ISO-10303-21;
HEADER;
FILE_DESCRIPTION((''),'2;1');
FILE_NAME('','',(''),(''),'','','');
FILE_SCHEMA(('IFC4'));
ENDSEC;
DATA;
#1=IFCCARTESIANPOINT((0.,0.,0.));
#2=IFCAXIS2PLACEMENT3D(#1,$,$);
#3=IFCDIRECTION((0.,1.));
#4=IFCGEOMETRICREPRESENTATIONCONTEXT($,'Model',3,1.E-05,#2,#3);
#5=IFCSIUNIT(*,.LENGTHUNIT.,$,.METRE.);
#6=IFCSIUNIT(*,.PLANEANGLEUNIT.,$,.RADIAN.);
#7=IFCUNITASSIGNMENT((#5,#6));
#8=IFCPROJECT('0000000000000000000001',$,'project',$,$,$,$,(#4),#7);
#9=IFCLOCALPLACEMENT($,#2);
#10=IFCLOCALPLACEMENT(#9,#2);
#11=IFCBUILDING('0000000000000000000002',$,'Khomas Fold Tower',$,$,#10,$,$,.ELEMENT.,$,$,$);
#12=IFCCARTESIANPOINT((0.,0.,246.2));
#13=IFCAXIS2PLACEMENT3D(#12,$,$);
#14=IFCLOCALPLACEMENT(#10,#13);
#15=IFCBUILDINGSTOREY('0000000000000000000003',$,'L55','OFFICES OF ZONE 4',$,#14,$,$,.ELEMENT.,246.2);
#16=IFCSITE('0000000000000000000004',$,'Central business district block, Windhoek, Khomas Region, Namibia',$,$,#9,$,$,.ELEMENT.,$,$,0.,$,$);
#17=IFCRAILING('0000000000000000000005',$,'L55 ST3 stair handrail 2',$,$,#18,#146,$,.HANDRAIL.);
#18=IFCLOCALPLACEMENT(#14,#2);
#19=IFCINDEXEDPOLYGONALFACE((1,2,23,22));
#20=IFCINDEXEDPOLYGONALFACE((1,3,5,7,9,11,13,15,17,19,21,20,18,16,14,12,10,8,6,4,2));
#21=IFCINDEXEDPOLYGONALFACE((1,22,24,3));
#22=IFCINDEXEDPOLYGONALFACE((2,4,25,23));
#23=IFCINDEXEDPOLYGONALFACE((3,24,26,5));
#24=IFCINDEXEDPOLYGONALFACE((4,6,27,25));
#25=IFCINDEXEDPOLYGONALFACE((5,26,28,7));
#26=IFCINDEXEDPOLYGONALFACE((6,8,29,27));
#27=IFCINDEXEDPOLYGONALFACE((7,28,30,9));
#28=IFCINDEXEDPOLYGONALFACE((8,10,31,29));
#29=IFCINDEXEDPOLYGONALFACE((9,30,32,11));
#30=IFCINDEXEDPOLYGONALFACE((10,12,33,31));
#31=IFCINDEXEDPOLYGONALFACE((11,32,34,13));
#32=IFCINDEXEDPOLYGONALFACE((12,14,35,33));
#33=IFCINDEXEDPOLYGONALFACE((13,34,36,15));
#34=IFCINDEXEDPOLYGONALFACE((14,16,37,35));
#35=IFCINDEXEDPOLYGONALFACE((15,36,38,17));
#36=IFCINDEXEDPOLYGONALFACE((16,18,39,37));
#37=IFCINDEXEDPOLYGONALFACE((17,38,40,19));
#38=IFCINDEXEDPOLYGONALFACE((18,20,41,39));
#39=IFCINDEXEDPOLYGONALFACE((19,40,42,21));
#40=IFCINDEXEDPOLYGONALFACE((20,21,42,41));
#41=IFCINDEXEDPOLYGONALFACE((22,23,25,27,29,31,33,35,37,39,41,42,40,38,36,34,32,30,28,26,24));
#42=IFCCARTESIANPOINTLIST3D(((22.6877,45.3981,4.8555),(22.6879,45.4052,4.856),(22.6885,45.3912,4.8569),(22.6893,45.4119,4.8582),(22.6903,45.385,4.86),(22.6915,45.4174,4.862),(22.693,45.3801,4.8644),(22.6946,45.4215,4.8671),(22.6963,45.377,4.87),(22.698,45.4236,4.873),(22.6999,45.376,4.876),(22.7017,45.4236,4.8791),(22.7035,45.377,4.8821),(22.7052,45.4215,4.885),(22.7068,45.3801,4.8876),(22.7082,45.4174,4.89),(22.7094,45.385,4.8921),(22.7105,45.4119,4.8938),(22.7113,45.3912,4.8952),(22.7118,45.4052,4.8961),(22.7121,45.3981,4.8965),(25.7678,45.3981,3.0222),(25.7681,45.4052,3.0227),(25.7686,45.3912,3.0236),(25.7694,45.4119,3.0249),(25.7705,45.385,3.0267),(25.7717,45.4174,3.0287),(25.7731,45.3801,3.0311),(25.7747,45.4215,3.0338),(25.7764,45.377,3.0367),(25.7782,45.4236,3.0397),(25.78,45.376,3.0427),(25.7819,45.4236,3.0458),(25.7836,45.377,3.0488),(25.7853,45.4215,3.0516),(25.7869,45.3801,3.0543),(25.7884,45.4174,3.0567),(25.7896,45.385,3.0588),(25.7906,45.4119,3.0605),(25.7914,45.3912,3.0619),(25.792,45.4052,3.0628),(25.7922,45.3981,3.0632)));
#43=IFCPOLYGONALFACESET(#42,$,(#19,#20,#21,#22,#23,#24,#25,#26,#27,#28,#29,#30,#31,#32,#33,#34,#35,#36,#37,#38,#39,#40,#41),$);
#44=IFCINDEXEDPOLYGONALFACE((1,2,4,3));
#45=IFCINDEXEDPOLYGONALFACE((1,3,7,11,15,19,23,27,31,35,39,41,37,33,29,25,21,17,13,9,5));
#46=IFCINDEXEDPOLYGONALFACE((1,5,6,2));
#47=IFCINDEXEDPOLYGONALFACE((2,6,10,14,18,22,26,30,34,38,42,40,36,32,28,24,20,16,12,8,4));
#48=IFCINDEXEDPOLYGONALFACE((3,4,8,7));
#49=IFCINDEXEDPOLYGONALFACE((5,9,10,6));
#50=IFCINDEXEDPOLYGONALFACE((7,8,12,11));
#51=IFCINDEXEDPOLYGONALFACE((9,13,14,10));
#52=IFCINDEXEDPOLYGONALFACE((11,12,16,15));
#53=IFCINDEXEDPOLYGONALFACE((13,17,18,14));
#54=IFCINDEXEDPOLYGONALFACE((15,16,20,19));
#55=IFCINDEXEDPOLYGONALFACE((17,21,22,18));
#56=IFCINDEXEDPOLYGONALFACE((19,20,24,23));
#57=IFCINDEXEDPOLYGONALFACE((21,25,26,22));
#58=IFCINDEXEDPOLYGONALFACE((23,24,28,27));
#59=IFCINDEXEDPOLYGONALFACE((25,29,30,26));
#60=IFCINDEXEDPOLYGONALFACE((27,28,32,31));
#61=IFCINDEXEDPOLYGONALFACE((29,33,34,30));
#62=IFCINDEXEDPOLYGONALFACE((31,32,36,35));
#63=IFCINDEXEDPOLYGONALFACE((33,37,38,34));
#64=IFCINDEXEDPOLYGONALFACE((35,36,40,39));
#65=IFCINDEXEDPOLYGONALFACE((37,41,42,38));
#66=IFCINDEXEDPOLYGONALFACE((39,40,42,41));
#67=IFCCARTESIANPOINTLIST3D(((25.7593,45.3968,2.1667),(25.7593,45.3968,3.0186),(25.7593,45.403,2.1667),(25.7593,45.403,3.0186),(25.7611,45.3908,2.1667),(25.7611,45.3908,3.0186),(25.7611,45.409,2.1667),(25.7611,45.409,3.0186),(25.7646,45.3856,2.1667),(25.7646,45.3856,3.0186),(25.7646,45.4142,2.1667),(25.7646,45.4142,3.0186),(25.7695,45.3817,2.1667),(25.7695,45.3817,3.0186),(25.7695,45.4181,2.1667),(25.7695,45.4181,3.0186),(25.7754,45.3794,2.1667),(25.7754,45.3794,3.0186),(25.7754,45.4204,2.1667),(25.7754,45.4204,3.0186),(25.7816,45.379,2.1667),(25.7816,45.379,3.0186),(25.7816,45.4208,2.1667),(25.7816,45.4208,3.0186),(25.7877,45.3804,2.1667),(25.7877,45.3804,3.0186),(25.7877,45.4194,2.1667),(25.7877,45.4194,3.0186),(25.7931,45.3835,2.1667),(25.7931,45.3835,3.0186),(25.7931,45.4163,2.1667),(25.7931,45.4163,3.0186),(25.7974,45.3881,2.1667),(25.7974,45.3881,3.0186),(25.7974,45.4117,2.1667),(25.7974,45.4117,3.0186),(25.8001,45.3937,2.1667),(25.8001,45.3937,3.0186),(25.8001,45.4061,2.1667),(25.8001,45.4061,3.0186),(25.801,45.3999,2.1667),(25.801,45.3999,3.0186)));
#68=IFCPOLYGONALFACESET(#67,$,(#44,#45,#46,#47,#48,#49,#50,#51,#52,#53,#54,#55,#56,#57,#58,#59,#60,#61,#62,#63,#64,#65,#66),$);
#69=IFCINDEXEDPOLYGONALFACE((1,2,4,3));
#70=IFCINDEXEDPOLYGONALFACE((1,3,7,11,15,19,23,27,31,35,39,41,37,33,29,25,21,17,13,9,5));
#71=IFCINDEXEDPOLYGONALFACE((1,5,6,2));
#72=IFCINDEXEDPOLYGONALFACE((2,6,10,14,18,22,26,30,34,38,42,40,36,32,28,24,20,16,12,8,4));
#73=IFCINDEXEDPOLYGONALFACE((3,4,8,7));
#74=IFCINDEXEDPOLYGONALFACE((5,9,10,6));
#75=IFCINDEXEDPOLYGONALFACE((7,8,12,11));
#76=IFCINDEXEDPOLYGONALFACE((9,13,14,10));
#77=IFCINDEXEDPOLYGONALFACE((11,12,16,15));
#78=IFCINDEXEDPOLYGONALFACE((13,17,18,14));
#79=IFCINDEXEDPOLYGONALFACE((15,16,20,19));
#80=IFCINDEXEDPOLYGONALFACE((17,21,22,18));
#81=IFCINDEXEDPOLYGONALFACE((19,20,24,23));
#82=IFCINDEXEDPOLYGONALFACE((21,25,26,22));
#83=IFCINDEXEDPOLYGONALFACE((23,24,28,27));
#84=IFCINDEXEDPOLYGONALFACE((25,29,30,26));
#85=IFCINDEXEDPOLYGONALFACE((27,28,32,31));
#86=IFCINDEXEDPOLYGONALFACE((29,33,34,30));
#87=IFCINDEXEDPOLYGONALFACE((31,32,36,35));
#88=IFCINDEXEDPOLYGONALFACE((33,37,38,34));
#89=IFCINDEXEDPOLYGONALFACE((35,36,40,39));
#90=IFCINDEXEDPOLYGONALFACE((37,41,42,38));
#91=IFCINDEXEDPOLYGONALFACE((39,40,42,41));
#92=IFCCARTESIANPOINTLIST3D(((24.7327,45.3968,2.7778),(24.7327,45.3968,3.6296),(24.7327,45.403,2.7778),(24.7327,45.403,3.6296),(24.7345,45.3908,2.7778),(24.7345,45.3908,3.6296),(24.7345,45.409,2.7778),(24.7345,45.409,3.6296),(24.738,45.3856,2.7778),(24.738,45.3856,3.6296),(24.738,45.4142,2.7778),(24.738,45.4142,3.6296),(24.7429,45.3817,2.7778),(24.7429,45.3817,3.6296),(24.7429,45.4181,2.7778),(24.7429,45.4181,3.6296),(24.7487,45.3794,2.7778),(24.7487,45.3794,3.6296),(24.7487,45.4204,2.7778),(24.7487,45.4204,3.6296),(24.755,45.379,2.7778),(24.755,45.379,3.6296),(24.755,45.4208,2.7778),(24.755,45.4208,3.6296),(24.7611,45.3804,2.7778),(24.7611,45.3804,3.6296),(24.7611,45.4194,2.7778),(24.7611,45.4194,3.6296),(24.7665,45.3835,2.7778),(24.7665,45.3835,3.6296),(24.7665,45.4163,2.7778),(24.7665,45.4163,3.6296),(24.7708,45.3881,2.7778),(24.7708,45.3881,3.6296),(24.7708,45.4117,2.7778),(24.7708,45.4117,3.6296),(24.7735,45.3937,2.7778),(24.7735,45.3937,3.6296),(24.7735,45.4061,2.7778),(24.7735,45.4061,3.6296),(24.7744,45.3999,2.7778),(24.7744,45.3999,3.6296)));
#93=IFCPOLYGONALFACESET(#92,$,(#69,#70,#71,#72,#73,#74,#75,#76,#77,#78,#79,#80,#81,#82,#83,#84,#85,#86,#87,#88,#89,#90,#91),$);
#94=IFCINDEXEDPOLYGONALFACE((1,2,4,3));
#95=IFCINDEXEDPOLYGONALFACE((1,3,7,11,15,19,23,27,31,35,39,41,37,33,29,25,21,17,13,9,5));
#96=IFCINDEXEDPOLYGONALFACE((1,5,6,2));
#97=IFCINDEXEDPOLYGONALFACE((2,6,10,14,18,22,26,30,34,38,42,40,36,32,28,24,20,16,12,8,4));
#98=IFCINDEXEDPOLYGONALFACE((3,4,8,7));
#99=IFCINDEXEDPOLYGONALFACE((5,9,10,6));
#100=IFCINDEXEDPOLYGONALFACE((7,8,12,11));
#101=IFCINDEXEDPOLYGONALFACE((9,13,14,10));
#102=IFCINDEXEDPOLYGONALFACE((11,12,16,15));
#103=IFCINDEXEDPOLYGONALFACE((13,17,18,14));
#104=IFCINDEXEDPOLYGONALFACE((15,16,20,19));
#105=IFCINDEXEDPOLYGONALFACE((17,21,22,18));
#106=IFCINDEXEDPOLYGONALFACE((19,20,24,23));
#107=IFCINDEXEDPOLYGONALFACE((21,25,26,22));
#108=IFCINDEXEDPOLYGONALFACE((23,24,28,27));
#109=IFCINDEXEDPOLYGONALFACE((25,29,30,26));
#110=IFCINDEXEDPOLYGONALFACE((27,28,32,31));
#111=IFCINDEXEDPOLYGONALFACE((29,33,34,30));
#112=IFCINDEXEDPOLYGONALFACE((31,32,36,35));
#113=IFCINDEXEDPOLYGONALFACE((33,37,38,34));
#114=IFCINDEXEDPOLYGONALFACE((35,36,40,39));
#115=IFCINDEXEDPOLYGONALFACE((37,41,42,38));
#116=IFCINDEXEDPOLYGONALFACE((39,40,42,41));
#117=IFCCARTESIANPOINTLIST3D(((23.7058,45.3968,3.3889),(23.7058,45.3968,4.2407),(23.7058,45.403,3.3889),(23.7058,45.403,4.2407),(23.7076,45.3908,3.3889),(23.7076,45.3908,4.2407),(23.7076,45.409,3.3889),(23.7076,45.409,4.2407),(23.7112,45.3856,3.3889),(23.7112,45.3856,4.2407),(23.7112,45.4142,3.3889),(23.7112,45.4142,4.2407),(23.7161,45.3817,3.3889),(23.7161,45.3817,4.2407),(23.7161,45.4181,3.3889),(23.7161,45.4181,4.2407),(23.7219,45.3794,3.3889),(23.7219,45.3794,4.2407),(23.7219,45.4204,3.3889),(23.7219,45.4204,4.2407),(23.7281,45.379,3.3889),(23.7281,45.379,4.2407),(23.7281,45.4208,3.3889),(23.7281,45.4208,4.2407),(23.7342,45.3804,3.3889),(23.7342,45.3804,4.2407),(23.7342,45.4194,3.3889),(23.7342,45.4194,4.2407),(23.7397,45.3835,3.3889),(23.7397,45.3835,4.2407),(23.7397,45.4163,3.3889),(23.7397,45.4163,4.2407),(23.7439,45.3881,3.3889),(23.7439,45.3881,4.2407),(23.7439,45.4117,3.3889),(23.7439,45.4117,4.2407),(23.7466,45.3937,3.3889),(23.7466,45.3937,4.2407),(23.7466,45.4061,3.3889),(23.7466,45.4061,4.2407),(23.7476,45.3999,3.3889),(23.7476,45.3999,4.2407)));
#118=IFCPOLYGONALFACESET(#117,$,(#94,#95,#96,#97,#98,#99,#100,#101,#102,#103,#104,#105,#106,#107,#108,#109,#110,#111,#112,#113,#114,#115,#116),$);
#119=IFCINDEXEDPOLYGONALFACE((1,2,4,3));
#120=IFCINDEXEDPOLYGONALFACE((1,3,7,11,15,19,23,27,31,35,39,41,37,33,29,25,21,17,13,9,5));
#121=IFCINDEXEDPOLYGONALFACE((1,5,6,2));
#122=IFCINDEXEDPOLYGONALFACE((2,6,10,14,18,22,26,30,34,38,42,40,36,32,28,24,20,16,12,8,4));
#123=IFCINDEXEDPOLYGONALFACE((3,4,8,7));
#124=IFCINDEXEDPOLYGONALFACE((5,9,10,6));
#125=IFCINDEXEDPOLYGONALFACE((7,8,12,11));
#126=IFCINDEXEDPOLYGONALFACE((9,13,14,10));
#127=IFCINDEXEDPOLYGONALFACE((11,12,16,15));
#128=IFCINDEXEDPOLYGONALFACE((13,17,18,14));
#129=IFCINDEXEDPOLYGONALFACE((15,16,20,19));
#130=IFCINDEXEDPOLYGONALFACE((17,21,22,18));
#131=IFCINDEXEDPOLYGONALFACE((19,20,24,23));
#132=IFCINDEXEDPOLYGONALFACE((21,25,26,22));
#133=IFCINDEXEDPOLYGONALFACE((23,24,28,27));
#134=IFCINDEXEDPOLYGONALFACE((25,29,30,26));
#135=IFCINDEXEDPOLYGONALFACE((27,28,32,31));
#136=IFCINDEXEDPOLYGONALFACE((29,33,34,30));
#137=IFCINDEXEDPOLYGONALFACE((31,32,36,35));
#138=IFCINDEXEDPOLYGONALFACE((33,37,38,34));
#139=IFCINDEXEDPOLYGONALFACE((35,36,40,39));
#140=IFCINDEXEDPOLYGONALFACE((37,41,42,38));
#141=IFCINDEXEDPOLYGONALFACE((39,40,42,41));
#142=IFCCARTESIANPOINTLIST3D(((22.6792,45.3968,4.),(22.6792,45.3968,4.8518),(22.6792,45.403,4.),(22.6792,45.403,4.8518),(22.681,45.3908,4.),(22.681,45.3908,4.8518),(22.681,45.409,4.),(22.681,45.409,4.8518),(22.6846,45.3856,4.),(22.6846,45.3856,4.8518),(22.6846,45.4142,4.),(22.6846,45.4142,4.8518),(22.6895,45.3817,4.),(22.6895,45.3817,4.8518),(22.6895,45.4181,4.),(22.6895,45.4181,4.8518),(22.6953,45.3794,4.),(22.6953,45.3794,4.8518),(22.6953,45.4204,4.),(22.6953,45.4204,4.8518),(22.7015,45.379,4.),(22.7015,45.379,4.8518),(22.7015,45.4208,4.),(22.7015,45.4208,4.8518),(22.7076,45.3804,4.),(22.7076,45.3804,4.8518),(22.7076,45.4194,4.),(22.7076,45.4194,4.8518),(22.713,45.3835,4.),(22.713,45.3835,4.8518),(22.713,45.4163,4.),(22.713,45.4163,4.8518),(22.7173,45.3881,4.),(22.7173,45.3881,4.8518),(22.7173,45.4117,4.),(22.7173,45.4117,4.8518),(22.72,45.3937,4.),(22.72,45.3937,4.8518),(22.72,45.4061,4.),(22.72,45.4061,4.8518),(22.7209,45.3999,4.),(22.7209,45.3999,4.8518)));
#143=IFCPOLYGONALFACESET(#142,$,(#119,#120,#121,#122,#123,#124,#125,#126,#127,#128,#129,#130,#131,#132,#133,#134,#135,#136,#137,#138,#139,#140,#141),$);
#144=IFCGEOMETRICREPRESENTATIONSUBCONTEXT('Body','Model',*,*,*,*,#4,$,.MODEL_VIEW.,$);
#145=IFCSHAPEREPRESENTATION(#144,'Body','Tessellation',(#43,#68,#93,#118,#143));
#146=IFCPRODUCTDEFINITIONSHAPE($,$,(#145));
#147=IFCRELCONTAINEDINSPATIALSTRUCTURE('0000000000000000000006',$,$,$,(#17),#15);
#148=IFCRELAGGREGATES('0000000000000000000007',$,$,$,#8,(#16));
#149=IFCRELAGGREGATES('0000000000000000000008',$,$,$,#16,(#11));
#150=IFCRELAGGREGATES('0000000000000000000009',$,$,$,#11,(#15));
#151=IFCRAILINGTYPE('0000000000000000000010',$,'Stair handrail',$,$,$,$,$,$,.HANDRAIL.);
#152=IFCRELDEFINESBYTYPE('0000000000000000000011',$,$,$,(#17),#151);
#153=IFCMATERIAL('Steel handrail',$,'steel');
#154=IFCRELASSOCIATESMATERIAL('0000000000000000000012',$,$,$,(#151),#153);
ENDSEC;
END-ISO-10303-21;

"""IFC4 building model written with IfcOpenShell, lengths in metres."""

from ifc_helpers import new_model, si_unit, direction, frame, origin, origin_2d, place, context, subcontext, project, spatial, circle, extrude, source, transform, mapped, material, type_object, element, save


model = new_model("IFC4")

# Units and contexts
model_context = context("Model", 3, precision=1e-05, world=origin(), true_north=direction((0.0, 1.0)))
body_context = subcontext(model_context, "Body", "Model", "MODEL_VIEW")
ifc_project = project(units=[si_unit("LENGTHUNIT", "METRE"), si_unit("PLANEANGLEUNIT", "RADIAN")], contexts=[model_context])

# Site, building, storey
site_placement = place(None, origin())
site = spatial("IfcSite", under=ifc_project, at=site_placement, Name="Central business district block, Windhoek, Khomas Region, Namibia", CompositionType="ELEMENT", RefElevation=0.0)
building_placement = place(site_placement, origin())
building = spatial("IfcBuilding", under=site, at=building_placement, Name="Khomas Fold Tower", CompositionType="ELEMENT")
storey_placement = place(building_placement, frame((0.0, 0.0, 246.2)))
storey = spatial("IfcBuildingStorey", under=building, at=storey_placement, Name="L55", Description="OFFICES OF ZONE 4", CompositionType="ELEMENT", Elevation=246.2)

# Railing
ifc_material_1 = material(Name="Steel handrail", Category="steel")
railing_type_1 = type_object("IfcRailingType", Name="Stair handrail", PredefinedType="HANDRAIL", material=ifc_material_1)
shared_shape_1 = source(origin(), body_context, "Body", "SweptSolid", [
    extrude(circle(Radius=0.0239, at=origin_2d()), frame((0.0, 0.0, 0.876), z_axis=(-0.859309, 0.0, 0.511458), x_axis=(0.0, -1.0, 0.0)), (0.0, 0.0, 1.0), 3.5845),
    extrude(circle(Radius=0.021, at=origin_2d()), origin(), (0.0, 0.0, 1.0), 0.8518),
    extrude(circle(Radius=0.021, at=origin_2d()), frame((-1.0266, 0.0, 0.6111)), (0.0, 0.0, 1.0), 0.8518),
    extrude(circle(Radius=0.021, at=origin_2d()), frame((-2.0535, 0.0, 1.2222)), (0.0, 0.0, 1.0), 0.8518),
    extrude(circle(Radius=0.021, at=origin_2d()), frame((-3.0801, 0.0, 1.8333)), (0.0, 0.0, 1.0), 0.8518),
])
railing_1_placement = place(storey_placement, frame((25.78, 45.3999, 2.1667)))
element("IfcRailing", 1, at=railing_1_placement, inside=storey, type_object=railing_type_1, Name="L55 ST3 stair handrail 2", PredefinedType="HANDRAIL", context=body_context, shape_type="MappedRepresentation", body=[
    mapped(shared_shape_1, transform((0.0, 0.0, 0.0))),
])

save(model, "model.ifc")
